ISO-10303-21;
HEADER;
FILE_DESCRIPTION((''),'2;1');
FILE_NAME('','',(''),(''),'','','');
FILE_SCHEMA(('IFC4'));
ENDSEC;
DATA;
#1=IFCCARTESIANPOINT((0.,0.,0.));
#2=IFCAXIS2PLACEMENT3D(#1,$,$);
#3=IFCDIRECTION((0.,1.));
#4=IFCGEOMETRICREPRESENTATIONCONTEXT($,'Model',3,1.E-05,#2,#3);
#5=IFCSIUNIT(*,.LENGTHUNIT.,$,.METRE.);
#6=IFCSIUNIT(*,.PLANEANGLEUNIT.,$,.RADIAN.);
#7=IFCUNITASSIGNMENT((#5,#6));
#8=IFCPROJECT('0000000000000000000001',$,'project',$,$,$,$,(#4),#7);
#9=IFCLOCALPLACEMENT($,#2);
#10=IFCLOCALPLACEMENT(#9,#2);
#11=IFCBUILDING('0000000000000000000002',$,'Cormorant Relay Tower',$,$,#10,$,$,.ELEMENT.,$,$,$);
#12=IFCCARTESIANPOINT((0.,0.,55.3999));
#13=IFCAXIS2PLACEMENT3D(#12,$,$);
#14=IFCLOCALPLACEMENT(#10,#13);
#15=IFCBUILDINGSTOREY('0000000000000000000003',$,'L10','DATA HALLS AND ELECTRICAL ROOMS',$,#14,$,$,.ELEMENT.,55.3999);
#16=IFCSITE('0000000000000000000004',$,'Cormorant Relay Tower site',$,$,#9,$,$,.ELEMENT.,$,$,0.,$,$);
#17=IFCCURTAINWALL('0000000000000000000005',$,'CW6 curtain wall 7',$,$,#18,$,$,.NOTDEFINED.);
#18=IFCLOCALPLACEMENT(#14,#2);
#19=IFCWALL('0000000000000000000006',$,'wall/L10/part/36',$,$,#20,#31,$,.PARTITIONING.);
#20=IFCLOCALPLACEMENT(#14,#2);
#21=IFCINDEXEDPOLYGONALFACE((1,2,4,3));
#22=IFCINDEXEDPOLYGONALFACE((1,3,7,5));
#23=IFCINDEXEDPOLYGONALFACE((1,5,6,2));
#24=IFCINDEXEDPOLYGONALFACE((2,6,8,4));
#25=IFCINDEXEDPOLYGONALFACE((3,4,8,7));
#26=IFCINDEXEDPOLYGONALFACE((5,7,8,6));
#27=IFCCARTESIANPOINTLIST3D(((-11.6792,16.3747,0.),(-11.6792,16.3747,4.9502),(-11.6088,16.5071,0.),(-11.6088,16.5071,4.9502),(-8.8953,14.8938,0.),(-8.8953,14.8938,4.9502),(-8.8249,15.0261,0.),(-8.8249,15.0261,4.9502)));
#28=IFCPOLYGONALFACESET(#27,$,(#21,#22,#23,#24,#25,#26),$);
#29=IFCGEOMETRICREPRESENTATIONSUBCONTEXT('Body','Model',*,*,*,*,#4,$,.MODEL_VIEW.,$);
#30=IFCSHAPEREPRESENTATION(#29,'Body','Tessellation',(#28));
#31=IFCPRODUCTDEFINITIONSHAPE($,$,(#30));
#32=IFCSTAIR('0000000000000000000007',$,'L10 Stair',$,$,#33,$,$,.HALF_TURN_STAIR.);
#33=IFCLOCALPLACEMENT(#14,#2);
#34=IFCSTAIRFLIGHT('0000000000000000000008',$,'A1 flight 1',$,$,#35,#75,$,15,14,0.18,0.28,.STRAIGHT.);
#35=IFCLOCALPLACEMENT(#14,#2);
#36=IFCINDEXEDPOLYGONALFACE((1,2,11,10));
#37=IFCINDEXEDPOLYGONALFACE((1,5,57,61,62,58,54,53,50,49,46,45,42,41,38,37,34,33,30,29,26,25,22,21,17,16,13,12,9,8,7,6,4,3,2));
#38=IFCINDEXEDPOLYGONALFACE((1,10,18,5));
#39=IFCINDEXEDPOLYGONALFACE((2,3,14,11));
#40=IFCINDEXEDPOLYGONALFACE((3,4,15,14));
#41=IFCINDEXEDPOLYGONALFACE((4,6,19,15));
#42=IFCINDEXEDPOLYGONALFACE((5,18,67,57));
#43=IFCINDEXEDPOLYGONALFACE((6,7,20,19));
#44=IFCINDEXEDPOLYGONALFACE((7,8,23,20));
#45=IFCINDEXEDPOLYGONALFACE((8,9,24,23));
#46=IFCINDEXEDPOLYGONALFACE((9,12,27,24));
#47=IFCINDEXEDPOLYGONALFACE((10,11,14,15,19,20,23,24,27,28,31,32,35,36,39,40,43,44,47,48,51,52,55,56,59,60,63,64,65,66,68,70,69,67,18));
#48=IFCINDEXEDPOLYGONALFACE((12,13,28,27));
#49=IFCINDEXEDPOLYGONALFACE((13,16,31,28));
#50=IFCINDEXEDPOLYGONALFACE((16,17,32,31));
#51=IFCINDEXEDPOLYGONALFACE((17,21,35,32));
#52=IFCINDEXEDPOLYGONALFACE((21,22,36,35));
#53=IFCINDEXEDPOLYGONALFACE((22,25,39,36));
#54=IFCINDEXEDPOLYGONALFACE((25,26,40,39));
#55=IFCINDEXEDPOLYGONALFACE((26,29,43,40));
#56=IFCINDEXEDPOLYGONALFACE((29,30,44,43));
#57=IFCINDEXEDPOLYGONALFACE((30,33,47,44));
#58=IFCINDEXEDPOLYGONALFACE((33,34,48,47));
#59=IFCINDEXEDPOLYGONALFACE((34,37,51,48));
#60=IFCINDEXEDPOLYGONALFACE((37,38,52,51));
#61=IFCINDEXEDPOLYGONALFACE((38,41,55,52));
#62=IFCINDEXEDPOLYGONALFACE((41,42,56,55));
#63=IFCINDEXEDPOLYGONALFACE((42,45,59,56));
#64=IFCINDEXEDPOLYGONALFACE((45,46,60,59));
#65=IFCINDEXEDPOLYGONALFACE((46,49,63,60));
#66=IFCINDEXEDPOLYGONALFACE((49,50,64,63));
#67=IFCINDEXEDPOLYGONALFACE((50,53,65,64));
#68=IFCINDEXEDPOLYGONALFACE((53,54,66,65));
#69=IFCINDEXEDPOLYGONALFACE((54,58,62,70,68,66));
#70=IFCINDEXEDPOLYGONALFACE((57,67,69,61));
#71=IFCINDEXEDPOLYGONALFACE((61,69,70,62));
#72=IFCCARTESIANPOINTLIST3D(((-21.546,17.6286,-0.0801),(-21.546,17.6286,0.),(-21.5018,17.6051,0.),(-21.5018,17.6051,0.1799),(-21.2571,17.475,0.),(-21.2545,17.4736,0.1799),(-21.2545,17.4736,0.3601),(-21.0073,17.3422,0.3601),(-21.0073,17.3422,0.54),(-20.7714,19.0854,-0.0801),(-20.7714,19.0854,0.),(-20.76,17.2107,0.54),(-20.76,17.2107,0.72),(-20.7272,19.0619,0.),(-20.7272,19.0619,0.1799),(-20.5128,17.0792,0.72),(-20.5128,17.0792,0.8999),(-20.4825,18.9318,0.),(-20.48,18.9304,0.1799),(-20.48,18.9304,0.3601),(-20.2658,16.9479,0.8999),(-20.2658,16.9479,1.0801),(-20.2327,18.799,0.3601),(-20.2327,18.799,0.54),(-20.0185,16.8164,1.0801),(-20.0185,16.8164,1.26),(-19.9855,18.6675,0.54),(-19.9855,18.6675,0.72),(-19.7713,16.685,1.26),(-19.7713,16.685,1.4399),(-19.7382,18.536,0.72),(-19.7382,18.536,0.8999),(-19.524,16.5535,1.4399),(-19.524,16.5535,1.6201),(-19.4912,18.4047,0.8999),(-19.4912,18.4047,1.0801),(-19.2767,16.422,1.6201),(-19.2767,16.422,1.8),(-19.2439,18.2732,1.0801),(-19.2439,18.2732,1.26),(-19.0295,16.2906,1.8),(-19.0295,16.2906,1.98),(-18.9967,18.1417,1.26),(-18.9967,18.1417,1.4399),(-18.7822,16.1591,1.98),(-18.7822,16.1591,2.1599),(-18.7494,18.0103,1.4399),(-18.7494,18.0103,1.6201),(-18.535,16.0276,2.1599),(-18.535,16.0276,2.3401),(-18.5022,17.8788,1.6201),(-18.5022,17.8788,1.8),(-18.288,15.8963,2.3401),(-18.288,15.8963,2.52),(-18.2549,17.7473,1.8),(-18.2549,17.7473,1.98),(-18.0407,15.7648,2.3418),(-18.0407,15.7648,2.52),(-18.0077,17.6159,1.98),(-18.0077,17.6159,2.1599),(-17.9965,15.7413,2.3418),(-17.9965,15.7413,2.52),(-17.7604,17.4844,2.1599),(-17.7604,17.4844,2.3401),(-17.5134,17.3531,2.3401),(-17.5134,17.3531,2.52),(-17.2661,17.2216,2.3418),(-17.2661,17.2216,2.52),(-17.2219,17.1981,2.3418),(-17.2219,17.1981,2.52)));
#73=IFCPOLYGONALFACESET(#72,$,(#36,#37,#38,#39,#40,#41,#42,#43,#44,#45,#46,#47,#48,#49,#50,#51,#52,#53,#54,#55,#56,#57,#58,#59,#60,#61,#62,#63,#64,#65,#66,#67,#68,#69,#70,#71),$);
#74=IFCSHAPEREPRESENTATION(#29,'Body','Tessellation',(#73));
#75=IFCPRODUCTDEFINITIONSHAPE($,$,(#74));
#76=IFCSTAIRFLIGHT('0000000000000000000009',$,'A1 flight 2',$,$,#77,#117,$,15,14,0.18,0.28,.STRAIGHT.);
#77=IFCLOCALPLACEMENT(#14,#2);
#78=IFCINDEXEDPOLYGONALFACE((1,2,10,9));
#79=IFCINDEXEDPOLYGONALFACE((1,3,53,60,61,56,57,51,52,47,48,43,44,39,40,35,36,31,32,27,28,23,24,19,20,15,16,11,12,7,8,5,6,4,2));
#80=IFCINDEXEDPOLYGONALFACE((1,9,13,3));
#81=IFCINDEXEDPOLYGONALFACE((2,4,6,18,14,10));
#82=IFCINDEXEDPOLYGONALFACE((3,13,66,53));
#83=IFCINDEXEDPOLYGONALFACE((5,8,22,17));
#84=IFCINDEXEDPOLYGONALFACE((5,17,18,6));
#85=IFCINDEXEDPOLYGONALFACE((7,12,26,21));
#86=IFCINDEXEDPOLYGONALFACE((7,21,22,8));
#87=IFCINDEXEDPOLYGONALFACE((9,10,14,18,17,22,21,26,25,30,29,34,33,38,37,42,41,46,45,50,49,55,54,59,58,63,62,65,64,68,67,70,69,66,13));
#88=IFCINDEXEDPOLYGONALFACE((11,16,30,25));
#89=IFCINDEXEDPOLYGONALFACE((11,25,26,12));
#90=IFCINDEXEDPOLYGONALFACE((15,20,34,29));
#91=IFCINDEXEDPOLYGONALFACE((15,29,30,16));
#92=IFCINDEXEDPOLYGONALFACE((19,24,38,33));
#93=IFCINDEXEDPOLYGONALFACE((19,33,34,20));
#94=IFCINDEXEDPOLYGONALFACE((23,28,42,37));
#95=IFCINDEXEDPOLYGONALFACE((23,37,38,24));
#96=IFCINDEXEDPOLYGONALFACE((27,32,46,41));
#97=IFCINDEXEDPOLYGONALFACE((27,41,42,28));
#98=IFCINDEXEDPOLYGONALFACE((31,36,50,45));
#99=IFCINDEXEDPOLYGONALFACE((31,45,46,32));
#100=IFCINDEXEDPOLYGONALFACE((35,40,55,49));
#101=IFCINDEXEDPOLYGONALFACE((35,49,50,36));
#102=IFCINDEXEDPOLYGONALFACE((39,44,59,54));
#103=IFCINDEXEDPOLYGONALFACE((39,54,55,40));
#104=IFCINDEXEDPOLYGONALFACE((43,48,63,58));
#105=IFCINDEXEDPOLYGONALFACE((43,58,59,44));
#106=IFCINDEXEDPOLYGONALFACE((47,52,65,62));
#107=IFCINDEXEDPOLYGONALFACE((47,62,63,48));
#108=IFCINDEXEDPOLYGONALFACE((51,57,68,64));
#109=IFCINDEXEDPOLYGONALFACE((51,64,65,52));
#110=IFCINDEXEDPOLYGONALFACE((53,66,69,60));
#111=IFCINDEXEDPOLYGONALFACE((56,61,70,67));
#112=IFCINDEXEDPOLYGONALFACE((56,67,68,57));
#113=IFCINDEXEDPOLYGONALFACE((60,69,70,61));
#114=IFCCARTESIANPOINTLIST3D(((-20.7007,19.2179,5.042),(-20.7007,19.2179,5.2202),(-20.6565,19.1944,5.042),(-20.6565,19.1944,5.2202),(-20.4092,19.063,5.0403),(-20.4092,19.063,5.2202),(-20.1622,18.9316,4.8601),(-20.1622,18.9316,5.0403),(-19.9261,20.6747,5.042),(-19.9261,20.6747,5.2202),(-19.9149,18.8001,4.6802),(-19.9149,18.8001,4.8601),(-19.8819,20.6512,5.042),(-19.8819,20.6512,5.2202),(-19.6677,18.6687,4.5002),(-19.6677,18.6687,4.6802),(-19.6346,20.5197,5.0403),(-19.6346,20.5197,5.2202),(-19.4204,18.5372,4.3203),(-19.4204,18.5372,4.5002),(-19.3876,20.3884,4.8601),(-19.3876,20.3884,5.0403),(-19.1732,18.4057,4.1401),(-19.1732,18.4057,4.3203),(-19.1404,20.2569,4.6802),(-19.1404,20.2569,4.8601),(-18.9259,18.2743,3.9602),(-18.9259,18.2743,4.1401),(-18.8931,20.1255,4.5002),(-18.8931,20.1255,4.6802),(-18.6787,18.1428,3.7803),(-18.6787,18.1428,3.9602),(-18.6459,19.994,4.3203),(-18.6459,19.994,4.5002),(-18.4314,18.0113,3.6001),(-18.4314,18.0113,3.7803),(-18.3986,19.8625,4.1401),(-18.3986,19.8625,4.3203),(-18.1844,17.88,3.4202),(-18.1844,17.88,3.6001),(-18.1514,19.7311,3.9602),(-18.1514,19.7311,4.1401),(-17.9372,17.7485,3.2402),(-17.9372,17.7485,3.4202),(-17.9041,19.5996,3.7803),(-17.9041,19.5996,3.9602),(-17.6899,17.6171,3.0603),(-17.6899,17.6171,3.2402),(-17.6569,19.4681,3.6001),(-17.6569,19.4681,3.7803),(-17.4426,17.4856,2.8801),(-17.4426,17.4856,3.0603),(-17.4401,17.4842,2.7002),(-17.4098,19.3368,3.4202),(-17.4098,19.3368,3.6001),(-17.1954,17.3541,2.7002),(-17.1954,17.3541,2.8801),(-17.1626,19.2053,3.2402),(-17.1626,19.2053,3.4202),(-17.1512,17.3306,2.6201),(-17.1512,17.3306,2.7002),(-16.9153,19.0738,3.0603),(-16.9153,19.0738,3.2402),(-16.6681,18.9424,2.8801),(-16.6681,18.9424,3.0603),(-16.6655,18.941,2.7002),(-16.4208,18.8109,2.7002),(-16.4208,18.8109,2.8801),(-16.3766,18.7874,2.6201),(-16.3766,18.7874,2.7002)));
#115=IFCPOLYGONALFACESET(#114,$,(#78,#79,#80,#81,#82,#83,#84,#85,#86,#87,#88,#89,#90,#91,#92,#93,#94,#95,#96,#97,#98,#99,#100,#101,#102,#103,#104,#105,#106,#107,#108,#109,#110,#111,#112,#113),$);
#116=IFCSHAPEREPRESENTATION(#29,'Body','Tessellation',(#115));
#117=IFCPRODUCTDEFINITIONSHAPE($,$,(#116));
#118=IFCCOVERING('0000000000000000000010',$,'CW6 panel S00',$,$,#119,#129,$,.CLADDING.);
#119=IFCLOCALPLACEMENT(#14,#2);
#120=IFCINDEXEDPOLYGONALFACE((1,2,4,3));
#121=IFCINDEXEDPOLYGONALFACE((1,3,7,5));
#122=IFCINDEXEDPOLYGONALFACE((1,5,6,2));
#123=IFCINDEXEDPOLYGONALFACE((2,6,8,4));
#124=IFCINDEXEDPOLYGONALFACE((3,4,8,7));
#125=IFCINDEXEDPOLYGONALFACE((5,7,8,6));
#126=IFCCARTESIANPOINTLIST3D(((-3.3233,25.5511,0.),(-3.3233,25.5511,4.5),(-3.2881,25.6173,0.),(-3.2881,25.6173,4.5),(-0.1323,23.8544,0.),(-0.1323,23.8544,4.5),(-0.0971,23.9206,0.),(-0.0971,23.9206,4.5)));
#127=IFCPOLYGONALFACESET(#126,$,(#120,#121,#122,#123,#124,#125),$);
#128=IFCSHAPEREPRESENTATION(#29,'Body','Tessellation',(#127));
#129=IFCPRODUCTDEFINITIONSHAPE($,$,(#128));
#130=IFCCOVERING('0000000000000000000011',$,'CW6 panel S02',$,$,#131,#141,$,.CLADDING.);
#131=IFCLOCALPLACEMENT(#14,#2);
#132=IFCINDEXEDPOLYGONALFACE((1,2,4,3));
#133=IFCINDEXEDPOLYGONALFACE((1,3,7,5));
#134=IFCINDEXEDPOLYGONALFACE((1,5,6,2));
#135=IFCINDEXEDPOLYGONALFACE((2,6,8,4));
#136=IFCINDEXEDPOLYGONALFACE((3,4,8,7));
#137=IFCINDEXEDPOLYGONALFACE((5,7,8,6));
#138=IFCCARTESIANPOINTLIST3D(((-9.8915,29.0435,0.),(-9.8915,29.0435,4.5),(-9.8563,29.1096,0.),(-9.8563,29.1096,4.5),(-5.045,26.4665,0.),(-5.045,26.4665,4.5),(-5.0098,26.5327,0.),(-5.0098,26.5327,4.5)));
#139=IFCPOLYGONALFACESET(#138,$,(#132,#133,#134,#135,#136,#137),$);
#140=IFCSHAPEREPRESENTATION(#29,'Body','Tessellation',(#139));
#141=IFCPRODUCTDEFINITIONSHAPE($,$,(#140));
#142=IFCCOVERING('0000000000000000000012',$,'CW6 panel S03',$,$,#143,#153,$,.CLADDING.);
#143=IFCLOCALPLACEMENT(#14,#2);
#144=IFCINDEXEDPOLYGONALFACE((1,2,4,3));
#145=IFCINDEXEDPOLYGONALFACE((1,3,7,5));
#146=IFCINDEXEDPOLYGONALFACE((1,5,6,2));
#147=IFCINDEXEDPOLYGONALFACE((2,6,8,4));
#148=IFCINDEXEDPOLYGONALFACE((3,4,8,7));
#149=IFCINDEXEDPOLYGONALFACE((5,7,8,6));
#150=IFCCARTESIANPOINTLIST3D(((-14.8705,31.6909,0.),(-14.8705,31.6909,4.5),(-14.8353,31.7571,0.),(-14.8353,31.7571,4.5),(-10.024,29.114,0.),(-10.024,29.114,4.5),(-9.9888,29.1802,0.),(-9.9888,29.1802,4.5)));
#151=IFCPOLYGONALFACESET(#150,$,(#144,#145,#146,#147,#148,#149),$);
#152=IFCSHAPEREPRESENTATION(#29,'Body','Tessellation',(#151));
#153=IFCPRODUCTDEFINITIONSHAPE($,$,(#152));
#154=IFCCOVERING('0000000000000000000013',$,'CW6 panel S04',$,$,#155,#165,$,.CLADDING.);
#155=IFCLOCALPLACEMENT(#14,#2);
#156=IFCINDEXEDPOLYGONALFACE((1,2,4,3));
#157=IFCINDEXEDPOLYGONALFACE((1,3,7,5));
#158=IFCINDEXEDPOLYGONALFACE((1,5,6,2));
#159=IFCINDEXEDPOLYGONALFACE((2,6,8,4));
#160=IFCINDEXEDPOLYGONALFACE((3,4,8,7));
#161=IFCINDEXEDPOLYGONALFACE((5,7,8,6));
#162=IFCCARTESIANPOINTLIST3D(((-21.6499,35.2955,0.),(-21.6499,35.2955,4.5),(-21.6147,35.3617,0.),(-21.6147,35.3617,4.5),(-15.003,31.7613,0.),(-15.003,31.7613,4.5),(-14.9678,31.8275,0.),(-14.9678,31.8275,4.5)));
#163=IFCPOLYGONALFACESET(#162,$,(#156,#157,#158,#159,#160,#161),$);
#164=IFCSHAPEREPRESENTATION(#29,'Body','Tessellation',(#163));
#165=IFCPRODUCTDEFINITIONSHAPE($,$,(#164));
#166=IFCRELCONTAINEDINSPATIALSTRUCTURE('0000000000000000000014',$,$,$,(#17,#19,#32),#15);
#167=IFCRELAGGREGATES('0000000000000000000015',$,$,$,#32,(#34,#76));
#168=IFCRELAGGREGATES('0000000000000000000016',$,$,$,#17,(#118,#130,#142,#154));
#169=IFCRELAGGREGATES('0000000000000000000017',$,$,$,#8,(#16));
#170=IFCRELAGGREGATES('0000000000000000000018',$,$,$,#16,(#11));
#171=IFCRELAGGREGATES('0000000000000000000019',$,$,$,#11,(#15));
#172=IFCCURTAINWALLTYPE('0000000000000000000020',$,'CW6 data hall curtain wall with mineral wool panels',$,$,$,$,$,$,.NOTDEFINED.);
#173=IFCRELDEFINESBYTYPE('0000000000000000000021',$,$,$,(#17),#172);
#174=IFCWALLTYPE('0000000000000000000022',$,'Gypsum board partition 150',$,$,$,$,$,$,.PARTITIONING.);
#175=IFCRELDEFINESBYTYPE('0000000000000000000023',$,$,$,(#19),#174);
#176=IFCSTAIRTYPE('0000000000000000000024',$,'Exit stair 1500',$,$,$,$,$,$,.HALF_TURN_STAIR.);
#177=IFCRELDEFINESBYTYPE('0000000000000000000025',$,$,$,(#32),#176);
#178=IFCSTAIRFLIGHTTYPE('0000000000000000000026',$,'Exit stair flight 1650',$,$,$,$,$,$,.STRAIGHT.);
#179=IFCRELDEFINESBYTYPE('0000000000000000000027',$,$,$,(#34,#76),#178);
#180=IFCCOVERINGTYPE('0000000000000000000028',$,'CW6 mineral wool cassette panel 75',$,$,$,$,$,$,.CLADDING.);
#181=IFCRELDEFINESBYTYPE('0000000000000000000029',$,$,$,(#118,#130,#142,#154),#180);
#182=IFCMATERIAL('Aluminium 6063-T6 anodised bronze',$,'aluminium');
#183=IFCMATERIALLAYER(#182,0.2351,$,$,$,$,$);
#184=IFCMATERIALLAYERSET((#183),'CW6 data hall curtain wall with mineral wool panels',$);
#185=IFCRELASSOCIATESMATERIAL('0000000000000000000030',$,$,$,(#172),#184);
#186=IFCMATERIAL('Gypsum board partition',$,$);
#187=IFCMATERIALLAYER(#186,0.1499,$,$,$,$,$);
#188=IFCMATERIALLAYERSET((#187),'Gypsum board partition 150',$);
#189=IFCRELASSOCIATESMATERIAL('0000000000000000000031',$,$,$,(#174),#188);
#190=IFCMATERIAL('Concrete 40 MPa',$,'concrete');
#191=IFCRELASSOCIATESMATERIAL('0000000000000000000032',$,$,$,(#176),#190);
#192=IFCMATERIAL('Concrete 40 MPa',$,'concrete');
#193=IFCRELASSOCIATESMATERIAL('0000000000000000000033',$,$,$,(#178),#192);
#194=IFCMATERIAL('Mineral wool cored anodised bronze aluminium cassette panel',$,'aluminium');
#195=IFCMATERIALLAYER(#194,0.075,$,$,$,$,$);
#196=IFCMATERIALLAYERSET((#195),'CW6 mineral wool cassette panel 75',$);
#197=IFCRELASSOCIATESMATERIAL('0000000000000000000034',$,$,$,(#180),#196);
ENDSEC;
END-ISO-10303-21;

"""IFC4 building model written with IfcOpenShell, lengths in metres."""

from ifc_helpers import new_model, si_unit, direction, frame, frame_2d, origin, origin_2d, place, context, subcontext, project, spatial, polyline, rectangle, outline, extrude, material, layer, layer_set, type_object, element, aggregate, save


model = new_model("IFC4")

# Units and contexts
model_context = context("Model", 3, precision=1e-05, world=origin(), true_north=direction((0.0, 1.0)))
body_context = subcontext(model_context, "Body", "Model", "MODEL_VIEW")
ifc_project = project(units=[si_unit("LENGTHUNIT", "METRE"), si_unit("PLANEANGLEUNIT", "RADIAN")], contexts=[model_context])

# Site, building, storey
site_placement = place(None, origin())
site = spatial("IfcSite", under=ifc_project, at=site_placement, Name="Cormorant Relay Tower site", CompositionType="ELEMENT", RefElevation=0.0)
building_placement = place(site_placement, origin())
building = spatial("IfcBuilding", under=site, at=building_placement, Name="Cormorant Relay Tower", CompositionType="ELEMENT")
storey_placement = place(building_placement, frame((0.0, 0.0, 55.3999)))
storey = spatial("IfcBuildingStorey", under=building, at=storey_placement, Name="L10", Description="DATA HALLS AND ELECTRICAL ROOMS", CompositionType="ELEMENT", Elevation=55.3999)

# Curtain wall
ifc_material_1 = material(Name="Aluminium 6063-T6 anodised bronze", Category="aluminium")
ifc_layer_1 = layer(ifc_material_1, 0.2351)
ifc_layer_set_1 = layer_set([ifc_layer_1], Name="CW6 data hall curtain wall with mineral wool panels")
curtain_wall_type = type_object("IfcCurtainWallType", Name="CW6 data hall curtain wall with mineral wool panels", PredefinedType="NOTDEFINED", material=ifc_layer_set_1)
curtain_wall_placement = place(storey_placement, origin())
curtain_wall = element("IfcCurtainWall", 1, at=curtain_wall_placement, inside=storey, type_object=curtain_wall_type, Name="CW6 curtain wall 7", PredefinedType="NOTDEFINED")

# Wall
ifc_material_2 = material(Name="Gypsum board partition")
ifc_layer_2 = layer(ifc_material_2, 0.1499)
ifc_layer_set_2 = layer_set([ifc_layer_2], Name="Gypsum board partition 150")
wall_type_1 = type_object("IfcWallType", Name="Gypsum board partition 150", PredefinedType="PARTITIONING", material=ifc_layer_set_2)
wall_1_placement = place(storey_placement, frame((-11.644, 16.4409, 0.0), z_axis=(0.0, 0.0, 1.0), x_axis=(0.882854, -0.469648, 0.0)))
element("IfcWall", 2, at=wall_1_placement, inside=storey, type_object=wall_type_1, Name="wall/L10/part/36", PredefinedType="PARTITIONING", context=body_context, shape_type="SweptSolid", body=[
    extrude(rectangle(XDim=3.1533, YDim=0.1499, at=frame_2d((1.5767, 0.0))), origin(), (0.0, 0.0, 1.0), 4.9502),
])

# Stair, stair flights
ifc_material_3 = material(Name="Concrete 40 MPa", Category="concrete")
stair_type = type_object("IfcStairType", Name="Exit stair 1500", PredefinedType="HALF_TURN_STAIR", material=ifc_material_3)
stair_placement = place(storey_placement, origin())
stair = element("IfcStair", 3, at=stair_placement, inside=storey, type_object=stair_type, Name="L10 Stair", PredefinedType="HALF_TURN_STAIR")
ifc_material_4 = material(Name="Concrete 40 MPa", Category="concrete")
stair_flight_type = type_object("IfcStairFlightType", Name="Exit stair flight 1650", PredefinedType="STRAIGHT", material=ifc_material_4)
stair_flight_1_placement = place(storey_placement, frame((-21.1145, 18.3335, 0.0), z_axis=(0.0, 0.0, 1.0), x_axis=(0.882948, -0.469472, 0.0)))
stair_flight_1 = element("IfcStairFlight", 4, at=stair_flight_1_placement, type_object=stair_flight_type, Name="A1 flight 1", NumberOfRisers=15, NumberOfTreads=14, PredefinedType="STRAIGHT", RiserHeight=0.18, TreadLength=0.28, context=body_context, shape_type="SweptSolid", body=[
    extrude(outline(polyline([(-0.05, -0.0801), (-0.05, 0.0), (0.0, 0.0), (0.0, 0.1799), (0.28, 0.1799), (0.28, 0.3601), (0.5601, 0.3601), (0.5601, 0.54), (0.8401, 0.54), (0.8401, 0.72), (1.1201, 0.72), (1.1201, 0.8999), (1.3999, 0.8999), (1.3999, 1.0801), (1.6799, 1.0801), (1.6799, 1.26), (1.96, 1.26), (1.96, 1.4399), (2.24, 1.4399), (2.24, 1.6201), (2.52, 1.6201), (2.52, 1.8), (2.8, 1.8), (2.8, 1.98), (3.0801, 1.98), (3.0801, 2.1599), (3.3601, 2.1599), (3.3601, 2.3401), (3.6399, 2.3401), (3.6399, 2.52), (3.9199, 2.52), (3.97, 2.52), (3.97, 2.3418), (3.9199, 2.3418), (0.2771, 0.0), (-0.05, -0.0801)])), frame((0.0, 0.825, 0.0), z_axis=(0.0, -1.0, 0.0), x_axis=(1.0, 0.0, 0.0)), (0.0, 0.0, 1.0), 1.6499),
])
stair_flight_2_placement = place(storey_placement, frame((-16.8081, 18.0825, 2.7002), z_axis=(0.0, 0.0, 1.0), x_axis=(-0.882948, 0.469472, 0.0)))
stair_flight_2 = element("IfcStairFlight", 5, at=stair_flight_2_placement, type_object=stair_flight_type, Name="A1 flight 2", NumberOfRisers=15, NumberOfTreads=14, PredefinedType="STRAIGHT", RiserHeight=0.18, TreadLength=0.28, context=body_context, shape_type="SweptSolid", body=[
    extrude(outline(polyline([(-0.05, -0.0801), (-0.05, 0.0), (0.0, 0.0), (0.0, 0.1799), (0.28, 0.1799), (0.28, 0.3601), (0.5601, 0.3601), (0.5601, 0.54), (0.8401, 0.54), (0.8401, 0.72), (1.1201, 0.72), (1.1201, 0.8999), (1.3999, 0.8999), (1.3999, 1.0801), (1.6799, 1.0801), (1.6799, 1.26), (1.96, 1.26), (1.96, 1.4399), (2.24, 1.4399), (2.24, 1.6201), (2.52, 1.6201), (2.52, 1.8), (2.8, 1.8), (2.8, 1.98), (3.0801, 1.98), (3.0801, 2.1599), (3.3601, 2.1599), (3.3601, 2.3401), (3.6399, 2.3401), (3.6399, 2.52), (3.9199, 2.52), (3.97, 2.52), (3.97, 2.3418), (3.9199, 2.3418), (0.2771, 0.0), (-0.05, -0.0801)])), frame((0.0, 0.825, 0.0), z_axis=(0.0, -1.0, 0.0), x_axis=(1.0, 0.0, 0.0)), (0.0, 0.0, 1.0), 1.6499),
])
aggregate(stair, [stair_flight_1, stair_flight_2])

# Coverings
ifc_material_5 = material(Name="Mineral wool cored anodised bronze aluminium cassette panel", Category="aluminium")
ifc_layer_3 = layer(ifc_material_5, 0.075)
ifc_layer_set_3 = layer_set([ifc_layer_3], Name="CW6 mineral wool cassette panel 75")
covering_type = type_object("IfcCoveringType", Name="CW6 mineral wool cassette panel 75", PredefinedType="CLADDING", material=ifc_layer_set_3)
covering_1_placement = place(storey_placement, frame((-1.7102, 24.7358, 0.0), z_axis=(0.0, 0.0, 1.0), x_axis=(-0.882948, 0.469472, 0.0)))
covering_1 = element("IfcCovering", 6, at=covering_1_placement, type_object=covering_type, Name="CW6 panel S00", PredefinedType="CLADDING", context=body_context, shape_type="SweptSolid", body=[
    extrude(rectangle(XDim=3.614, YDim=0.075, at=origin_2d()), origin(), (0.0, 0.0, 1.0), 4.5),
])
covering_2_placement = place(storey_placement, frame((-7.4507, 27.7881, 0.0), z_axis=(0.0, 0.0, 1.0), x_axis=(-0.882948, 0.469472, 0.0)))
covering_2 = element("IfcCovering", 7, at=covering_2_placement, type_object=covering_type, Name="CW6 panel S02", PredefinedType="CLADDING", context=body_context, shape_type="SweptSolid", body=[
    extrude(rectangle(XDim=5.489, YDim=0.075, at=origin_2d()), origin(), (0.0, 0.0, 1.0), 4.5),
])
covering_3_placement = place(storey_placement, frame((-12.4297, 30.4355, 0.0), z_axis=(0.0, 0.0, 1.0), x_axis=(-0.882948, 0.469472, 0.0)))
covering_3 = element("IfcCovering", 8, at=covering_3_placement, type_object=covering_type, Name="CW6 panel S03", PredefinedType="CLADDING", context=body_context, shape_type="SweptSolid", body=[
    extrude(rectangle(XDim=5.489, YDim=0.075, at=origin_2d()), origin(), (0.0, 0.0, 1.0), 4.5),
])
covering_4_placement = place(storey_placement, frame((-18.3088, 33.5615, 0.0), z_axis=(0.0, 0.0, 1.0), x_axis=(-0.882948, 0.469472, 0.0)))
covering_4 = element("IfcCovering", 9, at=covering_4_placement, type_object=covering_type, Name="CW6 panel S04", PredefinedType="CLADDING", context=body_context, shape_type="SweptSolid", body=[
    extrude(rectangle(XDim=7.5281, YDim=0.075, at=origin_2d()), origin(), (0.0, 0.0, 1.0), 4.5),
])
aggregate(curtain_wall, [covering_1, covering_2, covering_3, covering_4])

save(model, "model.ifc")
